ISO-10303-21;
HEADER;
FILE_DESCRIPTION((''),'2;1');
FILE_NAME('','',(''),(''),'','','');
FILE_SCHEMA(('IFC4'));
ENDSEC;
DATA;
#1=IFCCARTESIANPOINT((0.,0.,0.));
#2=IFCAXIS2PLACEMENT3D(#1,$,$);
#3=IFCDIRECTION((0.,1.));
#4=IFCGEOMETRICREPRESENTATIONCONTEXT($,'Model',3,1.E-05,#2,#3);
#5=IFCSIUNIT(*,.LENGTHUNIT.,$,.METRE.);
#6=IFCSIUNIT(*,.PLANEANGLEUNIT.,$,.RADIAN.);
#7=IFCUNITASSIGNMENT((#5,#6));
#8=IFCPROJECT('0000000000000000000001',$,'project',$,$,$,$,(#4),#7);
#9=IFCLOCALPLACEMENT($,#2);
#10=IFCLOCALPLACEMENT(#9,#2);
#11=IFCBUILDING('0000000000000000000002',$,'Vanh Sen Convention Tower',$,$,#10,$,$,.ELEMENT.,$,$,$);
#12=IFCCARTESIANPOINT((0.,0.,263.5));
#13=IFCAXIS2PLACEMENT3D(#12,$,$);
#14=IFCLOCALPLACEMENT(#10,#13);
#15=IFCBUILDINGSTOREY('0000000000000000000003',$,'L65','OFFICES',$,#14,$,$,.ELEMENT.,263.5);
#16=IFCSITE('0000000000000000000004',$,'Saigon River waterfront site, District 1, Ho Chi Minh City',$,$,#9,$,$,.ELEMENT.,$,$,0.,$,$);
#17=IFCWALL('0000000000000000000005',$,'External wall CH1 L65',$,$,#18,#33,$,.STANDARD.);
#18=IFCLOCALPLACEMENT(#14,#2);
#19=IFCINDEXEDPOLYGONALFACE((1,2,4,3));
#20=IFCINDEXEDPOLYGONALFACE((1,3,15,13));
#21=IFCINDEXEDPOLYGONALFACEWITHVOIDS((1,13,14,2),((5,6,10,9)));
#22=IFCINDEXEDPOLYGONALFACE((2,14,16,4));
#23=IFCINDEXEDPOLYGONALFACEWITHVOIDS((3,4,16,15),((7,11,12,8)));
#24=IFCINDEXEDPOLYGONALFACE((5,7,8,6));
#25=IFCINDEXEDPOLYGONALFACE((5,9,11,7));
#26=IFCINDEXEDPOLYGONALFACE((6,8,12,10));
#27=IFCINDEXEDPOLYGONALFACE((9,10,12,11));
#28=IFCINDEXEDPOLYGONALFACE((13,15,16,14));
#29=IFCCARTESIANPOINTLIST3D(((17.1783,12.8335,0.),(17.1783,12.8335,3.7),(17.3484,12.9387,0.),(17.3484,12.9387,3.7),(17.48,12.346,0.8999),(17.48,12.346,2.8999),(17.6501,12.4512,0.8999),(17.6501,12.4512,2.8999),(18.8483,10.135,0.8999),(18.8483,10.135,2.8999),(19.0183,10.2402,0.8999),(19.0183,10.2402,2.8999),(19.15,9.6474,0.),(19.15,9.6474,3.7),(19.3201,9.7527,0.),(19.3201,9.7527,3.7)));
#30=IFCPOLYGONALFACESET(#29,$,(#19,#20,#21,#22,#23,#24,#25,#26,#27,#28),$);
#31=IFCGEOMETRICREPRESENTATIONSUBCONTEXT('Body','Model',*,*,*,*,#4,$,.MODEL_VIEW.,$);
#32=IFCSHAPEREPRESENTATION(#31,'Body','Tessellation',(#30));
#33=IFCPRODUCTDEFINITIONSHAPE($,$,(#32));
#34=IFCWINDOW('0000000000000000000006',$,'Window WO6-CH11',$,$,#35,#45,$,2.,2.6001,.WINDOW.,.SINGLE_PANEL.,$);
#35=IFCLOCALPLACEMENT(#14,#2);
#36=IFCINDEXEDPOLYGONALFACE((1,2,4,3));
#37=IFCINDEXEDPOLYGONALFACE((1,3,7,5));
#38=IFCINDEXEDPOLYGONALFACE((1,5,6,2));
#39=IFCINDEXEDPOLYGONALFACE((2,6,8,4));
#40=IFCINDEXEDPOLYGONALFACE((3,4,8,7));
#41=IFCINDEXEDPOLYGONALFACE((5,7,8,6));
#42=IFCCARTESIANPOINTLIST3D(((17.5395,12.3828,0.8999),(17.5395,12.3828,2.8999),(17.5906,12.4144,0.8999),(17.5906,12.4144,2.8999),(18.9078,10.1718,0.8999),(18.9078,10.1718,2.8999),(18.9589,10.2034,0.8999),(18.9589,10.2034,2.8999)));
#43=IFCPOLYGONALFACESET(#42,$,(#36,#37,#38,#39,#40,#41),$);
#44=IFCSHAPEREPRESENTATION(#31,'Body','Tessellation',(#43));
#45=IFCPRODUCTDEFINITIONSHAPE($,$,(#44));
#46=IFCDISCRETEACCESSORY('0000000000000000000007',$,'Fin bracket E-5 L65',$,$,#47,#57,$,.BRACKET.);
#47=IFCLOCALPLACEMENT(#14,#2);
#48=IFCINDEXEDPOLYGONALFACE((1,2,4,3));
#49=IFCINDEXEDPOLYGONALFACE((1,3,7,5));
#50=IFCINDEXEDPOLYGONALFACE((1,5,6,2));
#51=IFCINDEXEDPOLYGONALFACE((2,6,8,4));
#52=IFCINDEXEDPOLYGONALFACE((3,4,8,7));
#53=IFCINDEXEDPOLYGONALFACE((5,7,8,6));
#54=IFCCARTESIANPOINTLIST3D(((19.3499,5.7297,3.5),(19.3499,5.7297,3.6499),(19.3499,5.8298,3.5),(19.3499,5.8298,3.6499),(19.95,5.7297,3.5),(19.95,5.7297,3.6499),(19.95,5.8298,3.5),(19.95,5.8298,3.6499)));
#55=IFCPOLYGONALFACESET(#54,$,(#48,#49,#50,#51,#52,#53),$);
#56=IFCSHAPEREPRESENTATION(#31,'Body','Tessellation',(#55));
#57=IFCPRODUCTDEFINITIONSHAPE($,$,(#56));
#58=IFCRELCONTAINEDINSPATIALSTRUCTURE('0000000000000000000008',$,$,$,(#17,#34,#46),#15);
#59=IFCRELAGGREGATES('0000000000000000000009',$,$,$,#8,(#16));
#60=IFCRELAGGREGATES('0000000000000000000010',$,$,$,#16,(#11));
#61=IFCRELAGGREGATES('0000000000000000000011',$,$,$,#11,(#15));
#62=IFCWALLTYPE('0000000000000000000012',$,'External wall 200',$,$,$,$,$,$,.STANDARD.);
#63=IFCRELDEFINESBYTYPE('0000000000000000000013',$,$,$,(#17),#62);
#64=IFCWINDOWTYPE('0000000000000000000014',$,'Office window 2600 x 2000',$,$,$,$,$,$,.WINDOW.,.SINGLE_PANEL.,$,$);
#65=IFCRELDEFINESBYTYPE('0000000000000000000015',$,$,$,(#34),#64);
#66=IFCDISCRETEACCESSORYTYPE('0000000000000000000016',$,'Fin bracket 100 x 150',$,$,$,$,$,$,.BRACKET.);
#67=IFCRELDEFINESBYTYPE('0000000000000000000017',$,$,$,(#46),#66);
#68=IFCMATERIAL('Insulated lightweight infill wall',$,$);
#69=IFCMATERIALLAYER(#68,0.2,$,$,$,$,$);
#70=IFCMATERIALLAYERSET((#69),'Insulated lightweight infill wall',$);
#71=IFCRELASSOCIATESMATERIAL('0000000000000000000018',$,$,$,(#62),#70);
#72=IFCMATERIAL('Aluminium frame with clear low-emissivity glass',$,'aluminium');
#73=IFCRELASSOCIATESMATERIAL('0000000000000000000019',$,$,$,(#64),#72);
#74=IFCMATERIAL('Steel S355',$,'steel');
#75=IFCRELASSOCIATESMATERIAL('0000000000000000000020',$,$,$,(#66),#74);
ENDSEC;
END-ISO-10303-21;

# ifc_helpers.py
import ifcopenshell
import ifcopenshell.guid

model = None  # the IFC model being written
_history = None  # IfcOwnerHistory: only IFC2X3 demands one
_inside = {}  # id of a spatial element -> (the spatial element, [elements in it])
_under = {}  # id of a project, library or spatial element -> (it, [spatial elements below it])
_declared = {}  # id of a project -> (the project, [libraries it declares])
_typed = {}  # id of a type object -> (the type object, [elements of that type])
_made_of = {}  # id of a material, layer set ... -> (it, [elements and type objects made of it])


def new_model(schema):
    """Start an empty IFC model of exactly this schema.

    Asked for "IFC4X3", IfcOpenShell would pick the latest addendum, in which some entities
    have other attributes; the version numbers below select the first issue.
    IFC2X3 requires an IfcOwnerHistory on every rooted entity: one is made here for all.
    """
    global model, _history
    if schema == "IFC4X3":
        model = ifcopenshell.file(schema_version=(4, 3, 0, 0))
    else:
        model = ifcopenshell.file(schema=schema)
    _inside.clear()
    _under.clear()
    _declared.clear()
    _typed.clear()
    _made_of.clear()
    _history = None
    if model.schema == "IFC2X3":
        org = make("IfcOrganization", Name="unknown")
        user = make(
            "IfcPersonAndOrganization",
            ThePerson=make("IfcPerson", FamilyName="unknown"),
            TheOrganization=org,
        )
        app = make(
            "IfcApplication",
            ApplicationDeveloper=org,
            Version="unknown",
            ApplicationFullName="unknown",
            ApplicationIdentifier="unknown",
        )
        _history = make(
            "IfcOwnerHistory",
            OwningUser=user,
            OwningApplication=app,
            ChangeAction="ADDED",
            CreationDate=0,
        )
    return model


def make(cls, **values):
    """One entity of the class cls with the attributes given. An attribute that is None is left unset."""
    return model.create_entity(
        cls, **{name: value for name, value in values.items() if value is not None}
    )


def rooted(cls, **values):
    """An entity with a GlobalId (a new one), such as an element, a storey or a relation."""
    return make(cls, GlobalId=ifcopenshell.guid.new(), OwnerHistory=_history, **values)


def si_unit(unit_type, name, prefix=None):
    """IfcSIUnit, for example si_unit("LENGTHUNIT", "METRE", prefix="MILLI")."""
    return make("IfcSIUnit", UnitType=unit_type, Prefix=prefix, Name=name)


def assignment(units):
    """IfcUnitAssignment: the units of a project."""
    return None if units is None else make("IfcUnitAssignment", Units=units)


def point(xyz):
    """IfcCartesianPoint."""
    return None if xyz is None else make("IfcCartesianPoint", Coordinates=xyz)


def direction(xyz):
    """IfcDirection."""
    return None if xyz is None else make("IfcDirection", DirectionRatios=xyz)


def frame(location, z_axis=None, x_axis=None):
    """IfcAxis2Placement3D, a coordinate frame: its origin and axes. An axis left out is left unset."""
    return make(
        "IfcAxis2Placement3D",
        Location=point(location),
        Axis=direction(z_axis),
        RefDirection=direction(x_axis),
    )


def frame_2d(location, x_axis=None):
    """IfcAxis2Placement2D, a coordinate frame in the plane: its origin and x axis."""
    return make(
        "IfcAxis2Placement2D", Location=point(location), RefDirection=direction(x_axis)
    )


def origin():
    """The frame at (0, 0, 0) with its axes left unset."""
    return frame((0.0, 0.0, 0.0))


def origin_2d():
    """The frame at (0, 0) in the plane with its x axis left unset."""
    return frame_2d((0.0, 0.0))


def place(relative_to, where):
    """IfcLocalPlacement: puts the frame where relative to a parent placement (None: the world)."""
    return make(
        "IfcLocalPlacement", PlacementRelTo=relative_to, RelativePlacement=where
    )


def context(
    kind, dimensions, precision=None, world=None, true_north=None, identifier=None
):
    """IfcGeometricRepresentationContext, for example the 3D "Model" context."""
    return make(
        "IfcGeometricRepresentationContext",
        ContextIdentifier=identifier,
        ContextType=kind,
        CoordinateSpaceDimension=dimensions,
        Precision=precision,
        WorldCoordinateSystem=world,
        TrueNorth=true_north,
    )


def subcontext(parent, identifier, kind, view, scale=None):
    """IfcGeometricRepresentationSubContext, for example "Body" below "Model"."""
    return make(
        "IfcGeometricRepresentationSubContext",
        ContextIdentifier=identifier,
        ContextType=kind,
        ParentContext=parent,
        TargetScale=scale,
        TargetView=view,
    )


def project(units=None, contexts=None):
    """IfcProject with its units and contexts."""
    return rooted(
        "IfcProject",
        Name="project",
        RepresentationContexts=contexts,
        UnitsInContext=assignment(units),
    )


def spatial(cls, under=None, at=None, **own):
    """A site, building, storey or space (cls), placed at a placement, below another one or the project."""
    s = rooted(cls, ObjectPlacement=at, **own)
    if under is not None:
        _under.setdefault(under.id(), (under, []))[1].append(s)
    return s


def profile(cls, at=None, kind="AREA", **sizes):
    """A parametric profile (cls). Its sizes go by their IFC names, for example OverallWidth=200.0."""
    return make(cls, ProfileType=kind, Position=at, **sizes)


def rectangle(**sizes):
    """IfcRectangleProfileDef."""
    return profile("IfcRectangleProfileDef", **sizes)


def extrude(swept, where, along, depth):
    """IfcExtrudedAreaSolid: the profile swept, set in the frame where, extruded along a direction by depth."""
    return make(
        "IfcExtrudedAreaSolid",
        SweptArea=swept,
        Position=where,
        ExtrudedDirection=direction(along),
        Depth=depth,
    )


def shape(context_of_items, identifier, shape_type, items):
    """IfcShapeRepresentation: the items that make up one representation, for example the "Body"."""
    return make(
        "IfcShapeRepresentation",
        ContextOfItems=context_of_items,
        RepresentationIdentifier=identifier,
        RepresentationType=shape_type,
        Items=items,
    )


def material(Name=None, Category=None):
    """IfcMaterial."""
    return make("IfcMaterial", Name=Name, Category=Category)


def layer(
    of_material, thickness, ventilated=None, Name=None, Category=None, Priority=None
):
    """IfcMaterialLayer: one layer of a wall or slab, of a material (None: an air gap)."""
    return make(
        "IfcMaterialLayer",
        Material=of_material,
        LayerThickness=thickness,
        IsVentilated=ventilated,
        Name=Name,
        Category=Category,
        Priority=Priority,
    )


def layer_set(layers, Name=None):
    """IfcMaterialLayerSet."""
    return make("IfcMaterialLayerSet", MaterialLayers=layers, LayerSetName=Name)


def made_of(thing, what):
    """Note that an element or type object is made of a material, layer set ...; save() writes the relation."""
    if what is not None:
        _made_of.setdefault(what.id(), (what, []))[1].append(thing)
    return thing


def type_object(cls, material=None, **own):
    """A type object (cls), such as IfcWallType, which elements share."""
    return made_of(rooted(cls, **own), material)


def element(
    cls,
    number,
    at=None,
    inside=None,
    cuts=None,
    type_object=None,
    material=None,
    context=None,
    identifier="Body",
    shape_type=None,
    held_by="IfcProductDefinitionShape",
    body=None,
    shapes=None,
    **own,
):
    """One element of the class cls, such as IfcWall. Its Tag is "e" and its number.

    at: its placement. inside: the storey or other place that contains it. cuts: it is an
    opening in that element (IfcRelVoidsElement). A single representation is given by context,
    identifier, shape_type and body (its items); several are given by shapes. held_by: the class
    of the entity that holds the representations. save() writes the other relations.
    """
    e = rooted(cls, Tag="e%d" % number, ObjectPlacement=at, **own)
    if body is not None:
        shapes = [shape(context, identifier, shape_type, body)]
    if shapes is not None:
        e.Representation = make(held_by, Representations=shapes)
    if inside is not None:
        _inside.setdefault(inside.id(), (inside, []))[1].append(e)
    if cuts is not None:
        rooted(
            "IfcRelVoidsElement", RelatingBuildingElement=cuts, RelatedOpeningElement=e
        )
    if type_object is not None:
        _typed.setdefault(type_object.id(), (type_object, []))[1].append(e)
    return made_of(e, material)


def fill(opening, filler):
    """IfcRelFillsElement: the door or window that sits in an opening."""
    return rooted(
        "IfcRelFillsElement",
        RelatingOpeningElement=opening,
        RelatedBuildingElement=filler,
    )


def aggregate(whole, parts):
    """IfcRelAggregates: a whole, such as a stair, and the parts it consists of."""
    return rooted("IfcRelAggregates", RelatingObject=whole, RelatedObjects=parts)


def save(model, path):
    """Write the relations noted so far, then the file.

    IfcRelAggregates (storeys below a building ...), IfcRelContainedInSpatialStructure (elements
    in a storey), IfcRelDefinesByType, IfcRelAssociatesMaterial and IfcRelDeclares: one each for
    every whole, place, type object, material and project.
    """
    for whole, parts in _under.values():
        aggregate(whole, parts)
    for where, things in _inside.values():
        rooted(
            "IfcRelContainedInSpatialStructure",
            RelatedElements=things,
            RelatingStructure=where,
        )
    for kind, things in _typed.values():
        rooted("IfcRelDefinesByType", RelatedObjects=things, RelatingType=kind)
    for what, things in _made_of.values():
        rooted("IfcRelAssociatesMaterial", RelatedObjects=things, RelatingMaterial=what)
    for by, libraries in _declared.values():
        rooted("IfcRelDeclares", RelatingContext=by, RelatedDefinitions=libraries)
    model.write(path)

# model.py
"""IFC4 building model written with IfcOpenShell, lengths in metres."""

from ifc_helpers import new_model, si_unit, direction, frame, frame_2d, origin, origin_2d, place, context, subcontext, project, spatial, rectangle, extrude, material, layer, layer_set, type_object, element, fill, save


model = new_model("IFC4")

# Units and contexts
model_context = context("Model", 3, precision=1e-05, world=origin(), true_north=direction((0.0, 1.0)))
body_context = subcontext(model_context, "Body", "Model", "MODEL_VIEW")
ifc_project = project(units=[si_unit("LENGTHUNIT", "METRE"), si_unit("PLANEANGLEUNIT", "RADIAN")], contexts=[model_context])

# Site, building, storey
site_placement = place(None, origin())
site = spatial("IfcSite", under=ifc_project, at=site_placement, Name="Saigon River waterfront site, District 1, Ho Chi Minh City", CompositionType="ELEMENT", RefElevation=0.0)
building_placement = place(site_placement, origin())
building = spatial("IfcBuilding", under=site, at=building_placement, Name="Vanh Sen Convention Tower", CompositionType="ELEMENT")
storey_placement = place(building_placement, frame((0.0, 0.0, 263.5)))
storey = spatial("IfcBuildingStorey", under=building, at=storey_placement, Name="L65", Description="OFFICES", CompositionType="ELEMENT", Elevation=263.5)

# Wall, opening, window
ifc_material_1 = material(Name="Insulated lightweight infill wall")
ifc_layer_1 = layer(ifc_material_1, 0.2)
ifc_layer_set_1 = layer_set([ifc_layer_1], Name="Insulated lightweight infill wall")
wall_type_1 = type_object("IfcWallType", Name="External wall 200", PredefinedType="STANDARD", material=ifc_layer_set_1)
wall_1_placement = place(storey_placement, frame((19.2351, 9.7, 0.0), z_axis=(0.0, 0.0, 1.0), x_axis=(-0.526233, 0.85034, 0.0)))
wall_1 = element("IfcWall", 1, at=wall_1_placement, inside=storey, type_object=wall_type_1, Name="External wall CH1 L65", PredefinedType="STANDARD", context=body_context, shape_type="SweptSolid", body=[
    extrude(rectangle(XDim=3.7468, YDim=0.2, at=frame_2d((1.8735, 0.0))), origin(), (0.0, 0.0, 1.0), 3.7),
])
opening_1_placement = place(wall_1_placement, frame((0.5735, 0.0, 0.8999)))
opening_1 = element("IfcOpeningElement", 2, at=opening_1_placement, cuts=wall_1, PredefinedType="OPENING", context=body_context, shape_type="SweptSolid", body=[
    extrude(rectangle(XDim=2.6001, YDim=2.0, at=frame_2d((1.3, 1.0))), frame((0.0, 0.1099, 0.0), z_axis=(0.0, -1.0, 0.0), x_axis=(1.0, 0.0, 0.0)), (0.0, 0.0, 1.0), 0.22),
])
ifc_material_2 = material(Name="Aluminium frame with clear low-emissivity glass", Category="aluminium")
window_type = type_object("IfcWindowType", Name="Office window 2600 x 2000", PartitioningType="SINGLE_PANEL", PredefinedType="WINDOW", material=ifc_material_2)
window_placement = place(opening_1_placement, origin())
window = element("IfcWindow", 3, at=window_placement, inside=storey, type_object=window_type, Name="Window WO6-CH11", OverallHeight=2.0, OverallWidth=2.6001, PartitioningType="SINGLE_PANEL", PredefinedType="WINDOW", context=body_context, shape_type="SweptSolid", body=[
    extrude(rectangle(XDim=2.6001, YDim=2.0, at=frame_2d((1.3, 1.0))), frame((0.0, 0.03, 0.0), z_axis=(0.0, -1.0, 0.0), x_axis=(1.0, 0.0, 0.0)), (0.0, 0.0, 1.0), 0.0601),
])
fill(opening_1, window)

# Discrete accessory
ifc_material_3 = material(Name="Steel S355", Category="steel")
discrete_accessory_type = type_object("IfcDiscreteAccessoryType", Name="Fin bracket 100 x 150", PredefinedType="BRACKET", material=ifc_material_3)
discrete_accessory_placement = place(storey_placement, frame((19.6499, 5.7798, 3.5), z_axis=(0.0, 0.0, 1.0), x_axis=(1.0, 0.0, 0.0)))
element("IfcDiscreteAccessory", 4, at=discrete_accessory_placement, inside=storey, type_object=discrete_accessory_type, Name="Fin bracket E-5 L65", PredefinedType="BRACKET", context=body_context, shape_type="SweptSolid", body=[
    extrude(rectangle(XDim=0.6001, YDim=0.1001, at=origin_2d()), origin(), (0.0, 0.0, 1.0), 0.1499),
])

save(model, "model.ifc")
